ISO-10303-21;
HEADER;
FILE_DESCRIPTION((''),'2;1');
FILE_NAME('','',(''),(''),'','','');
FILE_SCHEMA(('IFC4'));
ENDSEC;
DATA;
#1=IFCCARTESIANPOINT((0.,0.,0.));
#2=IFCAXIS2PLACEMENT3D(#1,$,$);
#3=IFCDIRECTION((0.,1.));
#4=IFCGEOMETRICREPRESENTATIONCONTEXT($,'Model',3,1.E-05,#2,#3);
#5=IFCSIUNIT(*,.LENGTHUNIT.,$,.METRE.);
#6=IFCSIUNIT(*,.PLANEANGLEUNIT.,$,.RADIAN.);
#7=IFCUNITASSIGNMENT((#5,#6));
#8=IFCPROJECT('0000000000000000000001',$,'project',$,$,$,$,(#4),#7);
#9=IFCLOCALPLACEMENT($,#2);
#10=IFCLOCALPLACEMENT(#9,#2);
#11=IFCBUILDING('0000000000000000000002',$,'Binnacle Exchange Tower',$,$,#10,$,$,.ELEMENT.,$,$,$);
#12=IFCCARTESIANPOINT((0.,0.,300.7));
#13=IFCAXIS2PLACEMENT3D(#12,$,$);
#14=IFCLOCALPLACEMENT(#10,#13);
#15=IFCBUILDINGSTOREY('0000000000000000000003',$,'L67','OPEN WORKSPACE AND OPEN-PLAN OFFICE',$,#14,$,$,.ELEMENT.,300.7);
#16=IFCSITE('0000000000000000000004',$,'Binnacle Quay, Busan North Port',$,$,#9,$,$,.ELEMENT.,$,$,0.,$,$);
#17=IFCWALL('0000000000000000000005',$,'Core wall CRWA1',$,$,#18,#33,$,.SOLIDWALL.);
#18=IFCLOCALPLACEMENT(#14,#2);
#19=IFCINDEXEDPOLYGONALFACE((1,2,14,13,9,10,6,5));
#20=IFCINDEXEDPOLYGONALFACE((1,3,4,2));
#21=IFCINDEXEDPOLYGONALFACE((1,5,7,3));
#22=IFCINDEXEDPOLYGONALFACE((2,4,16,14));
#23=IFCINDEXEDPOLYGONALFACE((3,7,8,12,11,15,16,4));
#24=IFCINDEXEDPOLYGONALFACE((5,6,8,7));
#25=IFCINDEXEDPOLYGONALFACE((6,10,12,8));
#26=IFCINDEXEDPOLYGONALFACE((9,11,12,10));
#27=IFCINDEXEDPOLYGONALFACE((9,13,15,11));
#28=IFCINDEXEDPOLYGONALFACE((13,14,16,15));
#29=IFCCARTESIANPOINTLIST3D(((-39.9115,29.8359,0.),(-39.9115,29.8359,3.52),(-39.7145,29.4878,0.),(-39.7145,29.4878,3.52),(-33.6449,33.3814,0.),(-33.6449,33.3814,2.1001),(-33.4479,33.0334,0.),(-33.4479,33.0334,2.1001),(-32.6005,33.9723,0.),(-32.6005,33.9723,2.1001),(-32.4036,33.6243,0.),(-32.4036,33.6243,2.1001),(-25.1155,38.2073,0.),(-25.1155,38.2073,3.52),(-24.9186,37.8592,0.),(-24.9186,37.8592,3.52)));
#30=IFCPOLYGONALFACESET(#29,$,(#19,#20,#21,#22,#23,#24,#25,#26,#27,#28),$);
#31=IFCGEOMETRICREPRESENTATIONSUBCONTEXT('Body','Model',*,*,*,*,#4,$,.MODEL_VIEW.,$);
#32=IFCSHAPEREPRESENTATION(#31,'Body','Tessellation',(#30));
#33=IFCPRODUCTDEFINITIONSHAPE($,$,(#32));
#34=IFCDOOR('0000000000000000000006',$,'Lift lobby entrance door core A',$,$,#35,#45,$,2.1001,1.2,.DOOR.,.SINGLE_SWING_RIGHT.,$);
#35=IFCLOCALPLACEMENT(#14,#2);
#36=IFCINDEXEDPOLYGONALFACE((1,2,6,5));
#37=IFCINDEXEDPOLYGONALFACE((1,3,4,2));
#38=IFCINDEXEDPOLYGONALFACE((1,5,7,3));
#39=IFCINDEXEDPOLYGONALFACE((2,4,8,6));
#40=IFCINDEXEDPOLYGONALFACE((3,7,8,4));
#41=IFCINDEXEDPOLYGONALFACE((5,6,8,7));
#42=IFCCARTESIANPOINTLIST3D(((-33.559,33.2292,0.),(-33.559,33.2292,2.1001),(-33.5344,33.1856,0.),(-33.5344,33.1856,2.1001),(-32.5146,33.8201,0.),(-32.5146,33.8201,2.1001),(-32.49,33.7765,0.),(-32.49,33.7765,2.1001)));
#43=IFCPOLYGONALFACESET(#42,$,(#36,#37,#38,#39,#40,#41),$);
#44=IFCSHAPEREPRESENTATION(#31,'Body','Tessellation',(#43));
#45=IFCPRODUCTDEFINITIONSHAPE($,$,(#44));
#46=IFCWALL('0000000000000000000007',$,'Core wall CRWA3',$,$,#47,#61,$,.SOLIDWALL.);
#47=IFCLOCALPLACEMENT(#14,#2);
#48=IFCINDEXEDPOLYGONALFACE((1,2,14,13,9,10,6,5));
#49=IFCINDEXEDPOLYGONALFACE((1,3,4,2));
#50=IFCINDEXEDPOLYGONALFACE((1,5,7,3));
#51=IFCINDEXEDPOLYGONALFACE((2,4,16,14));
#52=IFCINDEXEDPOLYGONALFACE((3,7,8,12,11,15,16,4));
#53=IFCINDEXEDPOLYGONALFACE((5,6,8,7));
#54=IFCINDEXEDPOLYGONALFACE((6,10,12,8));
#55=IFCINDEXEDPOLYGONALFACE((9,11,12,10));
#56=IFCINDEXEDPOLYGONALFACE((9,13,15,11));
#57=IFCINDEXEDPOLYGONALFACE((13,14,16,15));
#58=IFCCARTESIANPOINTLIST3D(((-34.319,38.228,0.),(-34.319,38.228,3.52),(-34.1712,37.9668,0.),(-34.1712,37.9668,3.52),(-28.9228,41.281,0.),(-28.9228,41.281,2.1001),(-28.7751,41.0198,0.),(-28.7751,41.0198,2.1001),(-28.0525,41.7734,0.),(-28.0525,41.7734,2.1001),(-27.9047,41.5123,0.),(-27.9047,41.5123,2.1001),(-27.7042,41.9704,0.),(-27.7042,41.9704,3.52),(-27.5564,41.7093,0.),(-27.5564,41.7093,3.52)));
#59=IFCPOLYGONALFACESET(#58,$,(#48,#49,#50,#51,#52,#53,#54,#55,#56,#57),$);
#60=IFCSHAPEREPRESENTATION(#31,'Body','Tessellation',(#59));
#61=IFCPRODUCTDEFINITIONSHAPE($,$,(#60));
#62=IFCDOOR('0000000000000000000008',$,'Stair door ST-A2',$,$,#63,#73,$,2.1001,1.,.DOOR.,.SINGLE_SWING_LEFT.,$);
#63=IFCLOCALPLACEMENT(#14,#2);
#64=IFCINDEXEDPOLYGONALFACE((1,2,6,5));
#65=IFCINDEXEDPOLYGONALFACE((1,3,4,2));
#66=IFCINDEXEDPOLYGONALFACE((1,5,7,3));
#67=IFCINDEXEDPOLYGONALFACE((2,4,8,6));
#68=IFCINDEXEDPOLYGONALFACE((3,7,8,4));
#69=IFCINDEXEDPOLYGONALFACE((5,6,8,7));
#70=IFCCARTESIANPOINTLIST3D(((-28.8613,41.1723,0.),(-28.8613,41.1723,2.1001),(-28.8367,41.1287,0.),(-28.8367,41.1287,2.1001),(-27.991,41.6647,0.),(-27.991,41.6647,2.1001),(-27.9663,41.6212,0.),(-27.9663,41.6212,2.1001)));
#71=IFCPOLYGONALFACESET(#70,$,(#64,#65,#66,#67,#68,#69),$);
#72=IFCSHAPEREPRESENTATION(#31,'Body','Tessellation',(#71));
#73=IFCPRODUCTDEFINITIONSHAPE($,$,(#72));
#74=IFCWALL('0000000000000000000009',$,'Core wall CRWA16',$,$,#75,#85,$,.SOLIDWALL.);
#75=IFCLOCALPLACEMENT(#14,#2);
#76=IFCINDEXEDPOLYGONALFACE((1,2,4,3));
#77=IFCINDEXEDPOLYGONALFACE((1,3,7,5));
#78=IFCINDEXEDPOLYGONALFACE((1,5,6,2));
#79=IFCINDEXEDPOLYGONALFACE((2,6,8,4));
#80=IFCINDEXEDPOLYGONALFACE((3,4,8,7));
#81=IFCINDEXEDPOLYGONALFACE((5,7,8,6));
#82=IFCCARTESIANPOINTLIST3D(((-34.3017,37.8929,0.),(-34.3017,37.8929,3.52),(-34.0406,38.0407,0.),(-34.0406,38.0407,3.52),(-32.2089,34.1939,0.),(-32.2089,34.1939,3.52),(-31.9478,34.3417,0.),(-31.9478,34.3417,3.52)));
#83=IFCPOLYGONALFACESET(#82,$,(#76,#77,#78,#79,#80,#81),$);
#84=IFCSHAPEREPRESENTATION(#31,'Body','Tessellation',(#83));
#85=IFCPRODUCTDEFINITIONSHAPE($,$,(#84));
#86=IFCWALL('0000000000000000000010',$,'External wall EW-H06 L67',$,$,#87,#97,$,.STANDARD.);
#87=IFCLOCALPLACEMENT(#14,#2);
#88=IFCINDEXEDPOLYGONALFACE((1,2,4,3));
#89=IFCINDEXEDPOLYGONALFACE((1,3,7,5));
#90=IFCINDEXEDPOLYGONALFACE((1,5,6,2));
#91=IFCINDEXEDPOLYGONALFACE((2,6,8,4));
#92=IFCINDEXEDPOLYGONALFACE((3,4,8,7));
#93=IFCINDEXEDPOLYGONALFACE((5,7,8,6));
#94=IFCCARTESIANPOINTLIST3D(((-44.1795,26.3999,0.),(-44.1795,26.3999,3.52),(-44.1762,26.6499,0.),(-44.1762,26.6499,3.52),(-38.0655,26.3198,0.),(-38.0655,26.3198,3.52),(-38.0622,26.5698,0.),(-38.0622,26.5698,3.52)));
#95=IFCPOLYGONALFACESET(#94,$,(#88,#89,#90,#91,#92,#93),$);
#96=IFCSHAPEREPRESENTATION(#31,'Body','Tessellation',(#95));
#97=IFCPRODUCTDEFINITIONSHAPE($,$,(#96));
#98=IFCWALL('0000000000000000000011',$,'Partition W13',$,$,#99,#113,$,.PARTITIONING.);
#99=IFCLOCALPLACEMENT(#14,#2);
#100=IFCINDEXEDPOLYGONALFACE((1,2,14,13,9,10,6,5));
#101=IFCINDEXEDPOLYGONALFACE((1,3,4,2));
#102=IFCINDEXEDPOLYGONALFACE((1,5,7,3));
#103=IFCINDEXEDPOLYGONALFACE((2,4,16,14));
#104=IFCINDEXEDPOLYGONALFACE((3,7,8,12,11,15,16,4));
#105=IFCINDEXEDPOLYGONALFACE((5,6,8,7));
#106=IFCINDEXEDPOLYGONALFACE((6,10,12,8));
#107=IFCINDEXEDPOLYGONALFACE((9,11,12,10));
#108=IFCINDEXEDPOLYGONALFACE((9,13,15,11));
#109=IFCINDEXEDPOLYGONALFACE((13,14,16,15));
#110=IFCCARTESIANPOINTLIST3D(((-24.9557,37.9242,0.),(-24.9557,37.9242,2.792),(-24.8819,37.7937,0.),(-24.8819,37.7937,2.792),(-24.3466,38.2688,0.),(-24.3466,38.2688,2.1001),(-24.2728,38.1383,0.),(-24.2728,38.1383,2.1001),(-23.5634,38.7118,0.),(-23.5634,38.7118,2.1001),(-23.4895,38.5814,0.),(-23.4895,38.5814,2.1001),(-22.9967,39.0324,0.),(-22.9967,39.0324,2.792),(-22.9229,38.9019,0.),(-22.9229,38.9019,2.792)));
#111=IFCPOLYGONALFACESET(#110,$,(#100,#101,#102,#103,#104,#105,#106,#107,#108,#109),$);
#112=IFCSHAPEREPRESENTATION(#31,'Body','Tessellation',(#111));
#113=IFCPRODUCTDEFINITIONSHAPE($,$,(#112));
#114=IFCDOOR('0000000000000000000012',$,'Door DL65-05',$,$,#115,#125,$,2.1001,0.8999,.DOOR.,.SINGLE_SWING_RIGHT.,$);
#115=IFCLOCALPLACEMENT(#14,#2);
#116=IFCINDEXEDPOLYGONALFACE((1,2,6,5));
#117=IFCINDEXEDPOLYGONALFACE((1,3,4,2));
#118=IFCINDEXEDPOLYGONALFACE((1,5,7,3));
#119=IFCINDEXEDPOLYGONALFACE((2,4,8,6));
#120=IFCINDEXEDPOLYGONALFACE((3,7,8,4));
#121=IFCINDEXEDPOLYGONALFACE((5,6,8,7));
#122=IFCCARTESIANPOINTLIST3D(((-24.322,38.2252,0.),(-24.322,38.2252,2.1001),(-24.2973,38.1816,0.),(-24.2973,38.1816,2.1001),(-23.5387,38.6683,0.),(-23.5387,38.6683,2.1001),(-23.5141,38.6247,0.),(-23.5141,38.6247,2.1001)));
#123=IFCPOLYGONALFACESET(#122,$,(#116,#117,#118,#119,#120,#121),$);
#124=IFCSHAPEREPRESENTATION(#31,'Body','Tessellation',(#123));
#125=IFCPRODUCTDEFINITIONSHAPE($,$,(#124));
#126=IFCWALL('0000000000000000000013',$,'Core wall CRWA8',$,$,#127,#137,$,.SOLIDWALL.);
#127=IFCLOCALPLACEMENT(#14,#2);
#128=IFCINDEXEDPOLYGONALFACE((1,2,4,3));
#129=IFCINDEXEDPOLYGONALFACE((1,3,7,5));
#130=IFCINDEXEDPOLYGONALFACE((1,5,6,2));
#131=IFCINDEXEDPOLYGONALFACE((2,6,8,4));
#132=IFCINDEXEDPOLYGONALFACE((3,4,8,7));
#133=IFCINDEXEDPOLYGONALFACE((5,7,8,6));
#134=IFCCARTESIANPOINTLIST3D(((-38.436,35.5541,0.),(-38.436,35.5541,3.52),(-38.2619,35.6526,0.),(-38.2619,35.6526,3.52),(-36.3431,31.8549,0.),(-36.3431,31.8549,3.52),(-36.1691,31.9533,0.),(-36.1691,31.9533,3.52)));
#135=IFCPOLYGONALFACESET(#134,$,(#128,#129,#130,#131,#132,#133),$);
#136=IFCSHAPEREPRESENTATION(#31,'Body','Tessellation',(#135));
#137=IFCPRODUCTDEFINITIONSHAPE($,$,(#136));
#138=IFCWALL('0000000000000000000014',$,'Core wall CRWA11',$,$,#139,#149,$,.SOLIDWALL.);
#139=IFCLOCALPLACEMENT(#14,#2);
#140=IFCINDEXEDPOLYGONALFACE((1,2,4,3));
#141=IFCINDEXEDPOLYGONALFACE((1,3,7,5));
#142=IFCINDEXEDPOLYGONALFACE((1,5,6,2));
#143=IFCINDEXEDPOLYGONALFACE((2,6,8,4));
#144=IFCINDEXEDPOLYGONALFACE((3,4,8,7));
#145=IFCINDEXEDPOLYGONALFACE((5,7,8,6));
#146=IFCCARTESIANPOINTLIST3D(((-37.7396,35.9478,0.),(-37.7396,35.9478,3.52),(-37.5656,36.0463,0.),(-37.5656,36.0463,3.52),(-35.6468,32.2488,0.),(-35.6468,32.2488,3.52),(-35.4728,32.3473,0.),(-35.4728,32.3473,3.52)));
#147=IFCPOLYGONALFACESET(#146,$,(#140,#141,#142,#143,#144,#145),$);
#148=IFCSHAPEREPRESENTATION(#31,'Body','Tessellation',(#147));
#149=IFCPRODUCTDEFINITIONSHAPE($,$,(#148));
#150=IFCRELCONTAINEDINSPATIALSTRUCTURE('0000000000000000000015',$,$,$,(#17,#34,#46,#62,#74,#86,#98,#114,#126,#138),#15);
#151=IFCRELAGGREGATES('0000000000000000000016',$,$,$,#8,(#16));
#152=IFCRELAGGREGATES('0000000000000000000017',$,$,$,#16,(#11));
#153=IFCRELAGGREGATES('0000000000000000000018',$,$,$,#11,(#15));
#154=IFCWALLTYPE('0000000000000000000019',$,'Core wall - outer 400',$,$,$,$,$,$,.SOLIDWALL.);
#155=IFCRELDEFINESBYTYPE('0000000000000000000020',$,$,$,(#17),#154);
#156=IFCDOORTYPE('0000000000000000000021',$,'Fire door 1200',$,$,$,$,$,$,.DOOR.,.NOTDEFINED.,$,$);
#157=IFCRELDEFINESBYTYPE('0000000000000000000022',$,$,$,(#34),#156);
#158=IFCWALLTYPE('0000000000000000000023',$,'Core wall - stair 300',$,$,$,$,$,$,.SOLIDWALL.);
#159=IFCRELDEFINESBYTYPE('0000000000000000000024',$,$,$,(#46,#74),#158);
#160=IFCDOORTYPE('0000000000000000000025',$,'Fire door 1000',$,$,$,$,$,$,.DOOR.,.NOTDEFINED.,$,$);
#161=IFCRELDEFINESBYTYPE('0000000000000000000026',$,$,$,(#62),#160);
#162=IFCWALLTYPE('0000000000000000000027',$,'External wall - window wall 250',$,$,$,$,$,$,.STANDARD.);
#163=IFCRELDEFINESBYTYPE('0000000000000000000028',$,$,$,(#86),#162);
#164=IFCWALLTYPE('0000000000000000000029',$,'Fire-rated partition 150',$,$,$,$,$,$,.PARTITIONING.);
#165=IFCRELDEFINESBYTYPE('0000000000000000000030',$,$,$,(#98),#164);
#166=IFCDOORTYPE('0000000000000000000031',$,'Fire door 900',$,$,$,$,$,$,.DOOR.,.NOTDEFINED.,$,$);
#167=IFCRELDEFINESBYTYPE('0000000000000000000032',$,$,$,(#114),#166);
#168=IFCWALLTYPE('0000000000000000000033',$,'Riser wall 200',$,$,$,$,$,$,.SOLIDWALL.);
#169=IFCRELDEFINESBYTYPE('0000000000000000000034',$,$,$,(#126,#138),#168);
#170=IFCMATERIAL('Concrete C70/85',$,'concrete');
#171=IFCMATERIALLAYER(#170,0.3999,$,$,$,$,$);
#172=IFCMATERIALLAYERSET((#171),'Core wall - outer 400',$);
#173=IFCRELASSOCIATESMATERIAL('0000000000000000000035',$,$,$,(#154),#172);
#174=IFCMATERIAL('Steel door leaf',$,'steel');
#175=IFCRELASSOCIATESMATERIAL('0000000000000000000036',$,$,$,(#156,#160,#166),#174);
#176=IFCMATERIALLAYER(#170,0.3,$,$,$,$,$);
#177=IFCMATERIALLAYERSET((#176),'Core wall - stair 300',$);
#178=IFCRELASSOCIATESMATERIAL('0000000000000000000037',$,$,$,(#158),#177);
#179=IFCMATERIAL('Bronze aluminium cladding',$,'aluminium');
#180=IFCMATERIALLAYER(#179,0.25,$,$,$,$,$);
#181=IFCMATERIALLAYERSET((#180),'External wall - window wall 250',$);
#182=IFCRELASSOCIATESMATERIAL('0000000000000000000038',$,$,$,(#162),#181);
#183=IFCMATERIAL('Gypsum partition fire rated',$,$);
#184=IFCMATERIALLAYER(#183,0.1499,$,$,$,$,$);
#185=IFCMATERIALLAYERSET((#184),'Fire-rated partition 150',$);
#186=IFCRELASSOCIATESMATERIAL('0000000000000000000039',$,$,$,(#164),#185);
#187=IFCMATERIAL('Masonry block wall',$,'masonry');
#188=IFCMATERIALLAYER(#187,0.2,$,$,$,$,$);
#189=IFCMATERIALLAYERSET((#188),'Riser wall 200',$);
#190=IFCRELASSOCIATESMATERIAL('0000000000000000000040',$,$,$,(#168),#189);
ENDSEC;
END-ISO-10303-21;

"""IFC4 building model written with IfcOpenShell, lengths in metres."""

from ifc_helpers import new_model, si_unit, direction, frame, frame_2d, origin, place, context, subcontext, project, spatial, rectangle, extrude, material, layer, layer_set, type_object, element, fill, save


model = new_model("IFC4")

# Units and contexts
model_context = context("Model", 3, precision=1e-05, world=origin(), true_north=direction((0.0, 1.0)))
body_context = subcontext(model_context, "Body", "Model", "MODEL_VIEW")
ifc_project = project(units=[si_unit("LENGTHUNIT", "METRE"), si_unit("PLANEANGLEUNIT", "RADIAN")], contexts=[model_context])

# Site, building, storey
site_placement = place(None, origin())
site = spatial("IfcSite", under=ifc_project, at=site_placement, Name="Binnacle Quay, Busan North Port", CompositionType="ELEMENT", RefElevation=0.0)
building_placement = place(site_placement, origin())
building = spatial("IfcBuilding", under=site, at=building_placement, Name="Binnacle Exchange Tower", CompositionType="ELEMENT")
storey_placement = place(building_placement, frame((0.0, 0.0, 300.7)))
storey = spatial("IfcBuildingStorey", under=building, at=storey_placement, Name="L67", Description="OPEN WORKSPACE AND OPEN-PLAN OFFICE", CompositionType="ELEMENT", Elevation=300.7)

# Shared definitions
ifc_material_1 = material(Name="Concrete C70/85", Category="concrete")

# Walls, openings, doors
ifc_layer_1 = layer(ifc_material_1, 0.3999)
ifc_layer_set_1 = layer_set([ifc_layer_1], Name="Core wall - outer 400")
wall_type_1 = type_object("IfcWallType", Name="Core wall - outer 400", PredefinedType="SOLIDWALL", material=ifc_layer_set_1)
wall_1_placement = place(storey_placement, frame((-39.813, 29.6619, 0.0), z_axis=(0.0, 0.0, 1.0), x_axis=(0.87035, 0.492433, 0.0)))
wall_1 = element("IfcWall", 1, at=wall_1_placement, inside=storey, type_object=wall_type_1, Name="Core wall CRWA1", PredefinedType="SOLIDWALL", context=body_context, shape_type="SweptSolid", body=[
    extrude(rectangle(XDim=17.0, YDim=0.3999, at=frame_2d((8.5, 0.0))), origin(), (0.0, 0.0, 1.0), 3.52),
])
opening_1_placement = place(wall_1_placement, frame((7.2, 0.0, 0.0)))
opening_1 = element("IfcOpeningElement", 2, at=opening_1_placement, cuts=wall_1, PredefinedType="OPENING", context=body_context, shape_type="SweptSolid", body=[
    extrude(rectangle(XDim=1.2, YDim=2.1001, at=frame_2d((0.6001, 1.05))), frame((0.0, 0.21, 0.0), z_axis=(0.0, -1.0, 0.0), x_axis=(1.0, 0.0, 0.0)), (0.0, 0.0, 1.0), 0.4199),
])
ifc_material_2 = material(Name="Steel door leaf", Category="steel")
door_type_1 = type_object("IfcDoorType", Name="Fire door 1200", OperationType="NOTDEFINED", PredefinedType="DOOR", material=ifc_material_2)
door_1_placement = place(opening_1_placement, frame((1.2, 0.0, 0.0), z_axis=(0.0, 0.0, 1.0), x_axis=(-1.0, 0.0, 0.0)))
door_1 = element("IfcDoor", 3, at=door_1_placement, inside=storey, type_object=door_type_1, Name="Lift lobby entrance door core A", OperationType="SINGLE_SWING_RIGHT", OverallHeight=2.1001, OverallWidth=1.2, PredefinedType="DOOR", context=body_context, shape_type="SweptSolid", body=[
    extrude(rectangle(XDim=1.2, YDim=2.1001, at=frame_2d((0.6001, 1.05))), frame((0.0, 0.0249, 0.0), z_axis=(0.0, -1.0, 0.0), x_axis=(1.0, 0.0, 0.0)), (0.0, 0.0, 1.0), 0.05),
])
fill(opening_1, door_1)
ifc_layer_2 = layer(ifc_material_1, 0.3)
ifc_layer_set_2 = layer_set([ifc_layer_2], Name="Core wall - stair 300")
wall_type_2 = type_object("IfcWallType", Name="Core wall - stair 300", PredefinedType="SOLIDWALL", material=ifc_layer_set_2)
wall_2_placement = place(storey_placement, frame((-34.2451, 38.0974, 0.0), z_axis=(0.0, 0.0, 1.0), x_axis=(0.870356, 0.492422, 0.0)))
wall_2 = element("IfcWall", 4, at=wall_2_placement, inside=storey, type_object=wall_type_2, Name="Core wall CRWA3", PredefinedType="SOLIDWALL", context=body_context, shape_type="SweptSolid", body=[
    extrude(rectangle(XDim=7.6001, YDim=0.3, at=frame_2d((3.8, 0.0))), origin(), (0.0, 0.0, 1.0), 3.52),
])
opening_2_placement = place(wall_2_placement, frame((6.2, 0.0, 0.0)))
opening_2 = element("IfcOpeningElement", 5, at=opening_2_placement, cuts=wall_2, PredefinedType="OPENING", context=body_context, shape_type="SweptSolid", body=[
    extrude(rectangle(XDim=1.0, YDim=2.1001, at=frame_2d((0.5, 1.05))), frame((0.0, 0.1599, 0.0), z_axis=(0.0, -1.0, 0.0), x_axis=(1.0, 0.0, 0.0)), (0.0, 0.0, 1.0), 0.3201),
])
door_type_2 = type_object("IfcDoorType", Name="Fire door 1000", OperationType="NOTDEFINED", PredefinedType="DOOR", material=ifc_material_2)
door_2_placement = place(opening_2_placement, frame((1.0, 0.0, 0.0), z_axis=(0.0, 0.0, 1.0), x_axis=(-1.0, 0.0, 0.0)))
door_2 = element("IfcDoor", 6, at=door_2_placement, inside=storey, type_object=door_type_2, Name="Stair door ST-A2", OperationType="SINGLE_SWING_LEFT", OverallHeight=2.1001, OverallWidth=1.0, PredefinedType="DOOR", context=body_context, shape_type="SweptSolid", body=[
    extrude(rectangle(XDim=1.0, YDim=2.1001, at=frame_2d((0.5, 1.05))), frame((0.0, 0.0249, 0.0), z_axis=(0.0, -1.0, 0.0), x_axis=(1.0, 0.0, 0.0)), (0.0, 0.0, 1.0), 0.05),
])
fill(opening_2, door_2)

# Walls
wall_3_placement = place(storey_placement, frame((-34.1711, 37.9668, 0.0), z_axis=(0.0, 0.0, 1.0), x_axis=(0.492423, -0.870356, 0.0)))
element("IfcWall", 7, at=wall_3_placement, inside=storey, type_object=wall_type_2, Name="Core wall CRWA16", PredefinedType="SOLIDWALL", context=body_context, shape_type="SweptSolid", body=[
    extrude(rectangle(XDim=4.25, YDim=0.3, at=frame_2d((2.125, 0.0))), origin(), (0.0, 0.0, 1.0), 3.52),
])
ifc_material_3 = material(Name="Bronze aluminium cladding", Category="aluminium")
ifc_layer_3 = layer(ifc_material_3, 0.25)
ifc_layer_set_3 = layer_set([ifc_layer_3], Name="External wall - window wall 250")
wall_type_3 = type_object("IfcWallType", Name="External wall - window wall 250", PredefinedType="STANDARD", material=ifc_layer_set_3)
wall_4_placement = place(storey_placement, frame((-38.064, 26.4448, 0.0), z_axis=(0.0, 0.0, 1.0), x_axis=(-0.999914, 0.013096, 0.0)))
element("IfcWall", 8, at=wall_4_placement, inside=storey, type_object=wall_type_3, Name="External wall EW-H06 L67", PredefinedType="STANDARD", context=body_context, shape_type="SweptSolid", body=[
    extrude(rectangle(XDim=6.1145, YDim=0.25, at=frame_2d((3.0571, 0.0))), origin(), (0.0, 0.0, 1.0), 3.52),
])

# Wall, opening, door
ifc_material_4 = material(Name="Gypsum partition fire rated")
ifc_layer_4 = layer(ifc_material_4, 0.1499)
ifc_layer_set_4 = layer_set([ifc_layer_4], Name="Fire-rated partition 150")
wall_type_4 = type_object("IfcWallType", Name="Fire-rated partition 150", PredefinedType="PARTITIONING", material=ifc_layer_set_4)
wall_5_placement = place(storey_placement, frame((-24.9189, 37.8589, 0.0), z_axis=(0.0, 0.0, 1.0), x_axis=(0.870391, 0.492361, 0.0)))
wall_5 = element("IfcWall", 9, at=wall_5_placement, inside=storey, type_object=wall_type_4, Name="Partition W13", PredefinedType="PARTITIONING", context=body_context, shape_type="SweptSolid", body=[
    extrude(rectangle(XDim=2.2507, YDim=0.1499, at=frame_2d((1.1255, 0.0))), origin(), (0.0, 0.0, 1.0), 2.792),
])
opening_3_placement = place(wall_5_placement, frame((0.7, 0.0, 0.0)))
opening_3 = element("IfcOpeningElement", 10, at=opening_3_placement, cuts=wall_5, PredefinedType="OPENING", context=body_context, shape_type="SweptSolid", body=[
    extrude(rectangle(XDim=0.8999, YDim=2.1001, at=frame_2d((0.45, 1.05))), frame((0.0, 0.085, 0.0), z_axis=(0.0, -1.0, 0.0), x_axis=(1.0, 0.0, 0.0)), (0.0, 0.0, 1.0), 0.1699),
])
door_type_3 = type_object("IfcDoorType", Name="Fire door 900", OperationType="NOTDEFINED", PredefinedType="DOOR", material=ifc_material_2)
door_3_placement = place(opening_3_placement, origin())
door_3 = element("IfcDoor", 11, at=door_3_placement, inside=storey, type_object=door_type_3, Name="Door DL65-05", OperationType="SINGLE_SWING_RIGHT", OverallHeight=2.1001, OverallWidth=0.8999, PredefinedType="DOOR", context=body_context, shape_type="SweptSolid", body=[
    extrude(rectangle(XDim=0.8999, YDim=2.1001, at=frame_2d((0.45, 1.05))), frame((0.0, 0.0249, 0.0), z_axis=(0.0, -1.0, 0.0), x_axis=(1.0, 0.0, 0.0)), (0.0, 0.0, 1.0), 0.05),
])
fill(opening_3, door_3)

# Walls
ifc_material_5 = material(Name="Masonry block wall", Category="masonry")
ifc_layer_5 = layer(ifc_material_5, 0.2)
ifc_layer_set_5 = layer_set([ifc_layer_5], Name="Riser wall 200")
wall_type_5 = type_object("IfcWallType", Name="Riser wall 200", PredefinedType="SOLIDWALL", material=ifc_layer_set_5)
wall_6_placement = place(storey_placement, frame((-38.3489, 35.6033, 0.0), z_axis=(0.0, 0.0, 1.0), x_axis=(0.492398, -0.87037, 0.0)))
element("IfcWall", 12, at=wall_6_placement, inside=storey, type_object=wall_type_5, Name="Core wall CRWA8", PredefinedType="SOLIDWALL", context=body_context, shape_type="SweptSolid", body=[
    extrude(rectangle(XDim=4.2502, YDim=0.2, at=frame_2d((2.125, 0.0))), origin(), (0.0, 0.0, 1.0), 3.52),
])
wall_7_placement = place(storey_placement, frame((-37.6526, 35.9971, 0.0), z_axis=(0.0, 0.0, 1.0), x_axis=(0.492423, -0.870356, 0.0)))
element("IfcWall", 13, at=wall_7_placement, inside=storey, type_object=wall_type_5, Name="Core wall CRWA11", PredefinedType="SOLIDWALL", context=body_context, shape_type="SweptSolid", body=[
    extrude(rectangle(XDim=4.25, YDim=0.2, at=frame_2d((2.125, 0.0))), origin(), (0.0, 0.0, 1.0), 3.52),
])

save(model, "model.ifc")
